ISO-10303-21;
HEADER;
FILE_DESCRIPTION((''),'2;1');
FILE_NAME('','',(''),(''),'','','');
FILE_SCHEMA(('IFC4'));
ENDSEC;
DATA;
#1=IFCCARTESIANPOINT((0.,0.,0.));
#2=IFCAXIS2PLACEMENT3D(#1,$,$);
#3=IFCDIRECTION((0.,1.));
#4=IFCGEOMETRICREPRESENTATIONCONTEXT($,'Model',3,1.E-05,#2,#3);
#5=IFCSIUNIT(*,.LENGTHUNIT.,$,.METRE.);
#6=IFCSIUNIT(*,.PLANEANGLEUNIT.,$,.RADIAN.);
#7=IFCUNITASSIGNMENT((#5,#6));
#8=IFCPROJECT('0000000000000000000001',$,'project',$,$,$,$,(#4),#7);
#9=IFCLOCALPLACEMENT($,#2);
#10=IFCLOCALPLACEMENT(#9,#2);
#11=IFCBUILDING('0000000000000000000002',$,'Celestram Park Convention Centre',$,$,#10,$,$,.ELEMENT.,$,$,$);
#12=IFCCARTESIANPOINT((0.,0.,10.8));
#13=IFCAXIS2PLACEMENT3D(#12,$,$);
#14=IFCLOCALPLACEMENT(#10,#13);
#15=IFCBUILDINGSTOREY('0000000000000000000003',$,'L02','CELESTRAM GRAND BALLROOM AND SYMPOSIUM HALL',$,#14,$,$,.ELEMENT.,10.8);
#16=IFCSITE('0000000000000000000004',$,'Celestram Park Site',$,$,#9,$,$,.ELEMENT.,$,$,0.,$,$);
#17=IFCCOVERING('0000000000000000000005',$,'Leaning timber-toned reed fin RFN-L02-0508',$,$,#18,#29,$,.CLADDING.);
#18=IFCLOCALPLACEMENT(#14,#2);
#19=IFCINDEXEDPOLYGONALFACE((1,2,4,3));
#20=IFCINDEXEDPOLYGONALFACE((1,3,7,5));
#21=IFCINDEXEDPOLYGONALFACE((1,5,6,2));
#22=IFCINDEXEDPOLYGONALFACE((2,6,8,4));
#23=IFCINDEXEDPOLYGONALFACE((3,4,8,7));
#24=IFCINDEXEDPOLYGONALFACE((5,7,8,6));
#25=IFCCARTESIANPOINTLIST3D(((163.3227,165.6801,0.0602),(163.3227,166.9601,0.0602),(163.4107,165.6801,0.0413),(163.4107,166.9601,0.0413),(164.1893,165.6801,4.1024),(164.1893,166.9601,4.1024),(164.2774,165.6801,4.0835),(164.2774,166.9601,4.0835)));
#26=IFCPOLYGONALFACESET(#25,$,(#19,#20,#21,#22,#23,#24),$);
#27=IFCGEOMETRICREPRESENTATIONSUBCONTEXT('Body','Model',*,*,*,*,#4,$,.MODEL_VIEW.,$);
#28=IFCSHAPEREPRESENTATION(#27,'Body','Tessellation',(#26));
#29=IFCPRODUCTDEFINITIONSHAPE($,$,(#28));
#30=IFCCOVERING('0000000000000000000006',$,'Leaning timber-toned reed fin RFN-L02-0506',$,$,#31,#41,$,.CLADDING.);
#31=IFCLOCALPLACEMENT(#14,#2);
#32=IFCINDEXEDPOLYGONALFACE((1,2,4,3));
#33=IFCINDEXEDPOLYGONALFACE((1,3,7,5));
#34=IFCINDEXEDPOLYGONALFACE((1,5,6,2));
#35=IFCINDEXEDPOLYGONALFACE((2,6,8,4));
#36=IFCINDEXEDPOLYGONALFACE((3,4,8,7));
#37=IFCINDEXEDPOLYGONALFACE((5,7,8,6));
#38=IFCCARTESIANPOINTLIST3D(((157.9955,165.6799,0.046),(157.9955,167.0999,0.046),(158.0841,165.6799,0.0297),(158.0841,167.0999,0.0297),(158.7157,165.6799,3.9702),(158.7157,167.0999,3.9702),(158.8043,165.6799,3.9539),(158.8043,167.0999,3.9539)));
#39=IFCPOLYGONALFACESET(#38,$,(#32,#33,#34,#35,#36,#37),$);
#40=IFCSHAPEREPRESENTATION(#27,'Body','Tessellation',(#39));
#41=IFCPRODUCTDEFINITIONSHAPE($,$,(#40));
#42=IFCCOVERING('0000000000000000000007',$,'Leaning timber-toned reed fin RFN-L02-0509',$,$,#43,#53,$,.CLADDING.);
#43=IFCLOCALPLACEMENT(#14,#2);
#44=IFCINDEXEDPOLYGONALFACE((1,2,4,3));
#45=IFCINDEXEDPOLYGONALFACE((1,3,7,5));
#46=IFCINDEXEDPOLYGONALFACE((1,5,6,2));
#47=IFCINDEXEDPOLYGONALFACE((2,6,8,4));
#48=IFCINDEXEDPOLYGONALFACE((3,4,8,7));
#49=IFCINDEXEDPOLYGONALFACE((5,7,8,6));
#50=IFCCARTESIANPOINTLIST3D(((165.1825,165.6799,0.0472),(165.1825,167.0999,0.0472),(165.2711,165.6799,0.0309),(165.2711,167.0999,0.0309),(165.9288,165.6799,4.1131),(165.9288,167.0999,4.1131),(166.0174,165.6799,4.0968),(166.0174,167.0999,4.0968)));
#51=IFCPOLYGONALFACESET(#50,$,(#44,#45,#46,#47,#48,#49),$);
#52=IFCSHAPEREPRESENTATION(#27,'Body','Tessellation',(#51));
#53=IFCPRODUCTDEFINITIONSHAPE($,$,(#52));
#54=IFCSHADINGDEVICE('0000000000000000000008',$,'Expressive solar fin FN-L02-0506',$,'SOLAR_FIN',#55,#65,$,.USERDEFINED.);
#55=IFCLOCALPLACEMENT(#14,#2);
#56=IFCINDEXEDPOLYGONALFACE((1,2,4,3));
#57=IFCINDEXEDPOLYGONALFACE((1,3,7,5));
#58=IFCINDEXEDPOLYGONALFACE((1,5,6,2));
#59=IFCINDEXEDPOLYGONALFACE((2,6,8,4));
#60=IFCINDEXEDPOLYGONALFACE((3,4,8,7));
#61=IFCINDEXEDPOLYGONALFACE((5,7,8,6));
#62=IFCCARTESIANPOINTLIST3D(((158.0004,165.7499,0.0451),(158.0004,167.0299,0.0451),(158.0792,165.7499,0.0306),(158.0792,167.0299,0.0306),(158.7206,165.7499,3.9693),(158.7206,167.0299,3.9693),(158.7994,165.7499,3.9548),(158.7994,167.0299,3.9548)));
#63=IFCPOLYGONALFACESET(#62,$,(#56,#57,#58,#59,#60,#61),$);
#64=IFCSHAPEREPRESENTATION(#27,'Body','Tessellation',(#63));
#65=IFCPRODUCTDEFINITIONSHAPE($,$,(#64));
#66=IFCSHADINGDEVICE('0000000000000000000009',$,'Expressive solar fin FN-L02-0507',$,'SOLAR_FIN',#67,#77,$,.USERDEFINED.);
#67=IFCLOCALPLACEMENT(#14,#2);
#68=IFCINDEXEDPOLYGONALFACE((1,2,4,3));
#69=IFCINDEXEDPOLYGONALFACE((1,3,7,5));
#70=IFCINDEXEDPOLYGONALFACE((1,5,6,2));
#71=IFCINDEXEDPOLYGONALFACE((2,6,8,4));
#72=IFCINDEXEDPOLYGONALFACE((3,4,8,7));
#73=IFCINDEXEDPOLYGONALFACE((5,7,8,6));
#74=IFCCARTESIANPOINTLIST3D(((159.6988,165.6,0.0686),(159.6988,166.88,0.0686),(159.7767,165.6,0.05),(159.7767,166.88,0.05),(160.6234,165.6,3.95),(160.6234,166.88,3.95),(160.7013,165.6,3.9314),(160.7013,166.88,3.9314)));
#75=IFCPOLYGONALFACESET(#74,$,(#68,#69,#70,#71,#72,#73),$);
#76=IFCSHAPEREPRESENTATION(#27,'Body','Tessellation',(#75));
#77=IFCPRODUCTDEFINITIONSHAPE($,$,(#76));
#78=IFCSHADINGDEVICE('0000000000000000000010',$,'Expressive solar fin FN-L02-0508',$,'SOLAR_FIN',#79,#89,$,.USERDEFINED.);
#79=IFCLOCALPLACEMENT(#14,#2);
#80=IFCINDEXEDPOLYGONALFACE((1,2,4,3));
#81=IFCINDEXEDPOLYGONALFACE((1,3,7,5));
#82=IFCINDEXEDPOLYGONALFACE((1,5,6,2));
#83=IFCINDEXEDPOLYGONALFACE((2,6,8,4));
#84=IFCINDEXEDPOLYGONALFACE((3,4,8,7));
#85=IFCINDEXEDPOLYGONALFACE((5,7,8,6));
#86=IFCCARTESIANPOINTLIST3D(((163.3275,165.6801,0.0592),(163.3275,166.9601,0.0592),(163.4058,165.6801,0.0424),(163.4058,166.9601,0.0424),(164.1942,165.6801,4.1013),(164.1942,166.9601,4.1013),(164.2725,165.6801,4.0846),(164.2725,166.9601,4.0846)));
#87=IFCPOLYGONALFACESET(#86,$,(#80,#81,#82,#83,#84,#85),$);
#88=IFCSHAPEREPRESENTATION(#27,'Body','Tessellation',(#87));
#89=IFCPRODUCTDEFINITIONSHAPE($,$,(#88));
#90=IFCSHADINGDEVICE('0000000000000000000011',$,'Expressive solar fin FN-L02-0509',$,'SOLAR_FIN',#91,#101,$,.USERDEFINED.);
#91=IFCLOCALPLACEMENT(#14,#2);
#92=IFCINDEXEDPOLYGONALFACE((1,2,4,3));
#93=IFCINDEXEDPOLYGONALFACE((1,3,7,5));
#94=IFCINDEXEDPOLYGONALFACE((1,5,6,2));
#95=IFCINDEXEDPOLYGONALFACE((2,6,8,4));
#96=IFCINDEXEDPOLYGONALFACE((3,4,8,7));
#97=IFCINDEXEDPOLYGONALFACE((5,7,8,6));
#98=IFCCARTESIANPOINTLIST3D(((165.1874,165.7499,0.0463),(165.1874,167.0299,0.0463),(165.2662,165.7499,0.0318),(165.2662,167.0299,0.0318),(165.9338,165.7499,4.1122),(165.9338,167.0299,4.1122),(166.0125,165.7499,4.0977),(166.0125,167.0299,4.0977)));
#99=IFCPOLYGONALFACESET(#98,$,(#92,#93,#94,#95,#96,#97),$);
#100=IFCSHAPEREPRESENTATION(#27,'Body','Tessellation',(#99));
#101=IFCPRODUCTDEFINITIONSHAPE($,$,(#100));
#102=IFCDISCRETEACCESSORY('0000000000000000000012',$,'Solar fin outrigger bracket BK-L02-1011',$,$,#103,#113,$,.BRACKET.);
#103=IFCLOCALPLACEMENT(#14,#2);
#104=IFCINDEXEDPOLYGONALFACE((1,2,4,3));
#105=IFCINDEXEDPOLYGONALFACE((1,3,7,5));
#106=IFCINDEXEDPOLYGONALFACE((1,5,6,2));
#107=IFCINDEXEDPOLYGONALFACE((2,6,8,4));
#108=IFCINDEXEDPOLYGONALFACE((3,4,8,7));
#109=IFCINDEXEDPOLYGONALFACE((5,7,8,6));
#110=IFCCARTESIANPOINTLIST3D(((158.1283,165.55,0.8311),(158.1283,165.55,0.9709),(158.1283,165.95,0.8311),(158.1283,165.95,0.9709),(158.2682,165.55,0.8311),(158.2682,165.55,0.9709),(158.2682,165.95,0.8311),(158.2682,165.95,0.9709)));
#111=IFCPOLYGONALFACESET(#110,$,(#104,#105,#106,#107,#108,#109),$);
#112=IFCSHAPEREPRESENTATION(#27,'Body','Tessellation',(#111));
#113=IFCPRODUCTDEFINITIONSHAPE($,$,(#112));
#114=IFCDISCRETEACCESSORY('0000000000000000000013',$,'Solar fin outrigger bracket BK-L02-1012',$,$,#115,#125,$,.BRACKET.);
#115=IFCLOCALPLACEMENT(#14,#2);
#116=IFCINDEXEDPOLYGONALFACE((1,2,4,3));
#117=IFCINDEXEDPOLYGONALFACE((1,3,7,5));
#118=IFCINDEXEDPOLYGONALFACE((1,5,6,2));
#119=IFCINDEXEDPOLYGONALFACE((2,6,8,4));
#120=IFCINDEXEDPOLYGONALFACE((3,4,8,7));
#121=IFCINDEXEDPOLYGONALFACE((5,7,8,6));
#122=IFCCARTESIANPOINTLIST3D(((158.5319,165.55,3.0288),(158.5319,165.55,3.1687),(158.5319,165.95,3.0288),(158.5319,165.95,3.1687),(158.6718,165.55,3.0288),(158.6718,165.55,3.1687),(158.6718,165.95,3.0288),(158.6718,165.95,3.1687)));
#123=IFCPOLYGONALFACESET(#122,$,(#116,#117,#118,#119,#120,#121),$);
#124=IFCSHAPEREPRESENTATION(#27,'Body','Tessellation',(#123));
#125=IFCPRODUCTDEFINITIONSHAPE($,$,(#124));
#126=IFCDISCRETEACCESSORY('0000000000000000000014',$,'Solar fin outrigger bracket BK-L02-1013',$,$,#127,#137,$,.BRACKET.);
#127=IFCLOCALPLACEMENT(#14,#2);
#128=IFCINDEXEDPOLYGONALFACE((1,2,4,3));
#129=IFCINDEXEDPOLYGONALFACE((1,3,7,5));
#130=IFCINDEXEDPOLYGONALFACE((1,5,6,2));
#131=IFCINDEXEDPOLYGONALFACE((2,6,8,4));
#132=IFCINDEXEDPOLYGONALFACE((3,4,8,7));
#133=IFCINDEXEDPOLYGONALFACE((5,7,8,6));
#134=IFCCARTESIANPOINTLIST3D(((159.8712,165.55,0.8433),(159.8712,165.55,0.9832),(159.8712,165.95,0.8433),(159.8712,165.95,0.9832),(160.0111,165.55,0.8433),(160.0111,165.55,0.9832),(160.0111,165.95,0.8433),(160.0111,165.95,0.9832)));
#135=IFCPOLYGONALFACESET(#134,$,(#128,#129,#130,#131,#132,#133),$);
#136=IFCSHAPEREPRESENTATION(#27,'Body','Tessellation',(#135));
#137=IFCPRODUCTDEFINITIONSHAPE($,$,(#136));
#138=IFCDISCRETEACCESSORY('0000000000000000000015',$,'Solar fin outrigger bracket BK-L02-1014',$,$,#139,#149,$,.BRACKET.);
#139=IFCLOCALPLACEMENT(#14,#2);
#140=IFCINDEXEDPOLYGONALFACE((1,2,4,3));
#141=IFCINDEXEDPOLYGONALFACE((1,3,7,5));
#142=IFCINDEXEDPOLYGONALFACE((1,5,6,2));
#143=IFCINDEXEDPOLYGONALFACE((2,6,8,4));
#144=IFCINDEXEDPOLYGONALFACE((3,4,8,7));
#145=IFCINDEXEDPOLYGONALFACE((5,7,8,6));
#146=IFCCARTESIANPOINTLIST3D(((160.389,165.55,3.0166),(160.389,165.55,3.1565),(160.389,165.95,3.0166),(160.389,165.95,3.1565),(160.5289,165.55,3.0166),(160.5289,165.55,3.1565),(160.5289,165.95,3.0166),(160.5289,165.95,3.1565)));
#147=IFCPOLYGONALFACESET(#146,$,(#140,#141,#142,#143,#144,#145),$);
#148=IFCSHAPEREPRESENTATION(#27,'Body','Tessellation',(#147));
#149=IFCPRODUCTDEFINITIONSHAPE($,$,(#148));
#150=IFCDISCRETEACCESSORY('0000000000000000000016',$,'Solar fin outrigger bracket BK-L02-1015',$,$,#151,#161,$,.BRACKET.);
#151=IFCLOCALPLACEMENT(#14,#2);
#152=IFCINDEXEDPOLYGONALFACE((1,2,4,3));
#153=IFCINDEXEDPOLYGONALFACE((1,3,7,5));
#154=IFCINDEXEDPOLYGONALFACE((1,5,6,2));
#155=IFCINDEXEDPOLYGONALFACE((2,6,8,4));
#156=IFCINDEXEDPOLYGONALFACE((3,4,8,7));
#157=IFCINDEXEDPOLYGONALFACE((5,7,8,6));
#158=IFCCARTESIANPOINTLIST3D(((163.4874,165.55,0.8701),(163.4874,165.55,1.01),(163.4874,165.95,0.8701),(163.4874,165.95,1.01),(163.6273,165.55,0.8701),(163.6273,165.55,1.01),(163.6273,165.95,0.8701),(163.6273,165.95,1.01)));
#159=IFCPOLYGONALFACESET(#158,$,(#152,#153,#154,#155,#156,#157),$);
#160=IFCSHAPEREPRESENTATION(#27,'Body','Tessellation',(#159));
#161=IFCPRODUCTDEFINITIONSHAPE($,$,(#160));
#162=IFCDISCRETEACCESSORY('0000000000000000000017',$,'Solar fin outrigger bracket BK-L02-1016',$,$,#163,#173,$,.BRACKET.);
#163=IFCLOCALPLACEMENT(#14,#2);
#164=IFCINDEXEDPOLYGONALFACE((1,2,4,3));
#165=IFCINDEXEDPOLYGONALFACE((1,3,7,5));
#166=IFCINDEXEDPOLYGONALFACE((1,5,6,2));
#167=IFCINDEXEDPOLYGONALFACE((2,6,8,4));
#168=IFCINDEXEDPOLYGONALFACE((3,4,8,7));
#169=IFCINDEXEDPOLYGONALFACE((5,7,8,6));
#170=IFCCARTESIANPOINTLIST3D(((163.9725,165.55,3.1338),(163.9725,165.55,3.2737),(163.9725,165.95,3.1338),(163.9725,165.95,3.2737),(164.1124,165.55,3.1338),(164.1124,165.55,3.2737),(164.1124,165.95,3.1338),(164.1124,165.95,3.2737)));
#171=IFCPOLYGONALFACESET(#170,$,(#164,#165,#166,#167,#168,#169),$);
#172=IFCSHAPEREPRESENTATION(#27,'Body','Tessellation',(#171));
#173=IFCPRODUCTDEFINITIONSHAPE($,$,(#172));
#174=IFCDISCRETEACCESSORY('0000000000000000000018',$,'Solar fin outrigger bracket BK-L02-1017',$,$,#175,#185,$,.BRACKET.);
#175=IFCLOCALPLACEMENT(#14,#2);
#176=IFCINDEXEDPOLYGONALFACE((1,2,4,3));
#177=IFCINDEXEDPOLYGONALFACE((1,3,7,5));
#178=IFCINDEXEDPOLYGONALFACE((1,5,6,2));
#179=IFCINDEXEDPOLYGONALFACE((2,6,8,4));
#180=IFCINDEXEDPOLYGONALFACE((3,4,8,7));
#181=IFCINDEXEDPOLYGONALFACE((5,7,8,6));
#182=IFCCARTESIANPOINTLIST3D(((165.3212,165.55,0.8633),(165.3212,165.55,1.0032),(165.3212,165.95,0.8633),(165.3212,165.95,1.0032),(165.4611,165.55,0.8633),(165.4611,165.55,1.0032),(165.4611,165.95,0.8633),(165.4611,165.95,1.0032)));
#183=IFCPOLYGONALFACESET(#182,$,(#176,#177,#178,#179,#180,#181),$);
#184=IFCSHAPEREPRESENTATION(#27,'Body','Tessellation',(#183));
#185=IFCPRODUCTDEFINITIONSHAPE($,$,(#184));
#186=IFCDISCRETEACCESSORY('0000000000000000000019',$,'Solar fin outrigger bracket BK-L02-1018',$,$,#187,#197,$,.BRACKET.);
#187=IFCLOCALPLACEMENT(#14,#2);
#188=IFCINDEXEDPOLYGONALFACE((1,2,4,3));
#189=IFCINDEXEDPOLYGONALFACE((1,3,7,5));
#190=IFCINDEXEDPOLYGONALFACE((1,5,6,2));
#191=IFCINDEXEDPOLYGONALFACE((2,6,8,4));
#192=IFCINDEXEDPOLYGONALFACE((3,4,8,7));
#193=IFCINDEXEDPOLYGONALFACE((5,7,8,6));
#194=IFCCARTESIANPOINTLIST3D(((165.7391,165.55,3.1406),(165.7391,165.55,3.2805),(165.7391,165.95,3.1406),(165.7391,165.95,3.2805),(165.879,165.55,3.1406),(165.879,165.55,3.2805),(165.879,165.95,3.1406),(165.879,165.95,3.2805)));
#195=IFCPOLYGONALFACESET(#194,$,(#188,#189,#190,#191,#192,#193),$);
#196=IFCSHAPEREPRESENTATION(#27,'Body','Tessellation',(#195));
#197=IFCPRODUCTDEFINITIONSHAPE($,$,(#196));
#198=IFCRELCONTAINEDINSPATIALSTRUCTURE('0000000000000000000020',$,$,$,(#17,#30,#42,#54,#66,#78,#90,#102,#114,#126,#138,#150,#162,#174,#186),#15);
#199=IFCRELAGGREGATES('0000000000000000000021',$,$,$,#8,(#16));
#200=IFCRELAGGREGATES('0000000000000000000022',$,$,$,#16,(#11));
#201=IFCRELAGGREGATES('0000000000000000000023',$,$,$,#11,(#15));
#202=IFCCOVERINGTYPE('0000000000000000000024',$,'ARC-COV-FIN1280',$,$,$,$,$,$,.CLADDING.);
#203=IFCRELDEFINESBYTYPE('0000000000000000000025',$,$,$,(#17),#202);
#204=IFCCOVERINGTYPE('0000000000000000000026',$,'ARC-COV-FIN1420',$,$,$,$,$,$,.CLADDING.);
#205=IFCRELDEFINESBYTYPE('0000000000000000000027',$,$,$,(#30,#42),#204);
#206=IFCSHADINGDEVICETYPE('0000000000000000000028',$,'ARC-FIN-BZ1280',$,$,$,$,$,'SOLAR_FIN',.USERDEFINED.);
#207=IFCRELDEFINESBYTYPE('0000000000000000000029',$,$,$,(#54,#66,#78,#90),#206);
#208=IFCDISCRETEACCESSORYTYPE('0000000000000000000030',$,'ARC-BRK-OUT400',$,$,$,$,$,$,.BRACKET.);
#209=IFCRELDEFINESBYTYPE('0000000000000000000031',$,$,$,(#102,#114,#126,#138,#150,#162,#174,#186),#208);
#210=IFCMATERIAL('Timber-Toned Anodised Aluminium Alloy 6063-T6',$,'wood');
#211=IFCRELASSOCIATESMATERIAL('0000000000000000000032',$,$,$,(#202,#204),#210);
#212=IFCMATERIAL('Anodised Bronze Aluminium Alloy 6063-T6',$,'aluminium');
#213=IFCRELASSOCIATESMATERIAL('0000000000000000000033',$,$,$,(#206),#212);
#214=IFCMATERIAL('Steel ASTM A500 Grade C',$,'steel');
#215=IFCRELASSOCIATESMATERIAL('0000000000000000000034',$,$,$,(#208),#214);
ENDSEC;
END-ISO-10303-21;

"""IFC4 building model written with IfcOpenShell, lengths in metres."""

from ifc_helpers import new_model, si_unit, direction, frame, origin, origin_2d, place, context, subcontext, project, spatial, rectangle, extrude, material, material_profile, profile_set, type_object, element, save


model = new_model("IFC4")

# Units and contexts
model_context = context("Model", 3, precision=1e-05, world=origin(), true_north=direction((0.0, 1.0)))
body_context = subcontext(model_context, "Body", "Model", "MODEL_VIEW")
ifc_project = project(units=[si_unit("LENGTHUNIT", "METRE"), si_unit("PLANEANGLEUNIT", "RADIAN")], contexts=[model_context])

# Site, building, storey
site_placement = place(None, origin())
site = spatial("IfcSite", under=ifc_project, at=site_placement, Name="Celestram Park Site", CompositionType="ELEMENT", RefElevation=0.0)
building_placement = place(site_placement, origin())
building = spatial("IfcBuilding", under=site, at=building_placement, Name="Celestram Park Convention Centre", CompositionType="ELEMENT")
storey_placement = place(building_placement, frame((0.0, 0.0, 10.8)))
storey = spatial("IfcBuildingStorey", under=building, at=storey_placement, Name="L02", Description="CELESTRAM GRAND BALLROOM AND SYMPOSIUM HALL", CompositionType="ELEMENT", Elevation=10.8)

# Coverings
ifc_material_1 = material(Name="Timber-Toned Anodised Aluminium Alloy 6063-T6", Category="wood")
ifc_material_profile_1 = material_profile(ifc_material_1, rectangle(XDim=1.28, YDim=0.0901, at=origin_2d()), Name="REED1280X90")
ifc_profile_set_1 = profile_set([ifc_material_profile_1], Name="Timber-Toned Anodised Aluminium Alloy 6063-T6")
covering_type_1 = type_object("IfcCoveringType", Name="ARC-COV-FIN1280", PredefinedType="CLADDING", material=ifc_profile_set_1)
covering_1_placement = place(storey_placement, frame((163.3667, 166.3201, 0.0508), z_axis=(0.209646, 0.0, 0.977777), x_axis=(0.0, 1.0, 0.0)))
element("IfcCovering", 1, at=covering_1_placement, inside=storey, type_object=covering_type_1, Name="Leaning timber-toned reed fin RFN-L02-0508", PredefinedType="CLADDING", context=body_context, shape_type="SweptSolid", body=[
    extrude(rectangle(XDim=1.28, YDim=0.0901, at=origin_2d()), origin(), (0.0, 0.0, 1.0), 4.134),
])
ifc_material_profile_2 = material_profile(ifc_material_1, rectangle(XDim=1.4199, YDim=0.0901, at=origin_2d()), Name="REED1420X90")
ifc_profile_set_2 = profile_set([ifc_material_profile_2], Name="Timber-Toned Anodised Aluminium Alloy 6063-T6")
covering_type_2 = type_object("IfcCoveringType", Name="ARC-COV-FIN1420", PredefinedType="CLADDING", material=ifc_profile_set_2)
covering_2_placement = place(storey_placement, frame((158.0398, 166.3899, 0.0378), z_axis=(0.180511, 0.0, 0.983573), x_axis=(0.0, 1.0, 0.0)))
element("IfcCovering", 2, at=covering_2_placement, inside=storey, type_object=covering_type_2, Name="Leaning timber-toned reed fin RFN-L02-0506", PredefinedType="CLADDING", context=body_context, shape_type="SweptSolid", body=[
    extrude(rectangle(XDim=1.4199, YDim=0.0901, at=origin_2d()), origin(), (0.0, 0.0, 1.0), 3.9897),
])
covering_3_placement = place(storey_placement, frame((165.2268, 166.3899, 0.0391), z_axis=(0.180543, 0.0, 0.983567), x_axis=(0.0, 1.0, 0.0)))
element("IfcCovering", 3, at=covering_3_placement, inside=storey, type_object=covering_type_2, Name="Leaning timber-toned reed fin RFN-L02-0509", PredefinedType="CLADDING", context=body_context, shape_type="SweptSolid", body=[
    extrude(rectangle(XDim=1.4199, YDim=0.0901, at=origin_2d()), origin(), (0.0, 0.0, 1.0), 4.1338),
])

# Shading devices
ifc_material_2 = material(Name="Anodised Bronze Aluminium Alloy 6063-T6", Category="aluminium")
ifc_material_profile_3 = material_profile(ifc_material_2, rectangle(XDim=1.28, YDim=0.0801, at=origin_2d()), Name="FIN1280X80")
ifc_profile_set_3 = profile_set([ifc_material_profile_3], Name="Anodised Bronze Aluminium Alloy 6063-T6")
shading_device_type = type_object("IfcShadingDeviceType", Name="ARC-FIN-BZ1280", ElementType="SOLAR_FIN", PredefinedType="USERDEFINED", material=ifc_profile_set_3)
shading_device_1_placement = place(storey_placement, frame((158.0398, 166.3899, 0.0378), z_axis=(0.180511, 0.0, 0.983573), x_axis=(0.0, 1.0, 0.0)))
element("IfcShadingDevice", 4, at=shading_device_1_placement, inside=storey, type_object=shading_device_type, Name="Expressive solar fin FN-L02-0506", ObjectType="SOLAR_FIN", PredefinedType="USERDEFINED", context=body_context, shape_type="SweptSolid", body=[
    extrude(rectangle(XDim=1.28, YDim=0.0801, at=origin_2d()), origin(), (0.0, 0.0, 1.0), 3.9897),
])
shading_device_2_placement = place(storey_placement, frame((159.7378, 166.24, 0.0593), z_axis=(0.231723, 0.0, 0.972782), x_axis=(0.0, 1.0, 0.0)))
element("IfcShadingDevice", 5, at=shading_device_2_placement, inside=storey, type_object=shading_device_type, Name="Expressive solar fin FN-L02-0507", ObjectType="SOLAR_FIN", PredefinedType="USERDEFINED", context=body_context, shape_type="SweptSolid", body=[
    extrude(rectangle(XDim=1.28, YDim=0.0801, at=origin_2d()), origin(), (0.0, 0.0, 1.0), 3.99),
])
shading_device_3_placement = place(storey_placement, frame((163.3667, 166.3201, 0.0508), z_axis=(0.209646, 0.0, 0.977777), x_axis=(0.0, 1.0, 0.0)))
element("IfcShadingDevice", 6, at=shading_device_3_placement, inside=storey, type_object=shading_device_type, Name="Expressive solar fin FN-L02-0508", ObjectType="SOLAR_FIN", PredefinedType="USERDEFINED", context=body_context, shape_type="SweptSolid", body=[
    extrude(rectangle(XDim=1.28, YDim=0.0801, at=origin_2d()), origin(), (0.0, 0.0, 1.0), 4.134),
])
shading_device_4_placement = place(storey_placement, frame((165.2268, 166.3899, 0.0391), z_axis=(0.180543, 0.0, 0.983567), x_axis=(0.0, 1.0, 0.0)))
element("IfcShadingDevice", 7, at=shading_device_4_placement, inside=storey, type_object=shading_device_type, Name="Expressive solar fin FN-L02-0509", ObjectType="SOLAR_FIN", PredefinedType="USERDEFINED", context=body_context, shape_type="SweptSolid", body=[
    extrude(rectangle(XDim=1.28, YDim=0.0801, at=origin_2d()), origin(), (0.0, 0.0, 1.0), 4.1338),
])

# Discrete accessories
ifc_material_3 = material(Name="Steel ASTM A500 Grade C", Category="steel")
discrete_accessory_type = type_object("IfcDiscreteAccessoryType", Name="ARC-BRK-OUT400", PredefinedType="BRACKET", material=ifc_material_3)
for number, where, z_axis, x_axis, name in (
    (8, (158.1982, 165.75, 0.8311), (0.0, 0.0, 1.0), (0.0, 1.0, 0.0), "Solar fin outrigger bracket BK-L02-1011"),
    (9, (158.6018, 165.75, 3.0288), (0.0, 0.0, 1.0), (0.0, 1.0, 0.0), "Solar fin outrigger bracket BK-L02-1012"),
    (10, (159.9412, 165.75, 0.8433), (0.0, 0.0, 1.0), (0.0, 1.0, 0.0), "Solar fin outrigger bracket BK-L02-1013"),
    (11, (160.459, 165.75, 3.0166), (0.0, 0.0, 1.0), (0.0, 1.0, 0.0), "Solar fin outrigger bracket BK-L02-1014"),
    (12, (163.5574, 165.75, 0.8701), (0.0, 0.0, 1.0), (0.0, 1.0, 0.0), "Solar fin outrigger bracket BK-L02-1015"),
    (13, (164.0425, 165.75, 3.1338), (0.0, 0.0, 1.0), (0.0, 1.0, 0.0), "Solar fin outrigger bracket BK-L02-1016"),
    (14, (165.3911, 165.75, 0.8633), (0.0, 0.0, 1.0), (0.0, 1.0, 0.0), "Solar fin outrigger bracket BK-L02-1017"),
    (15, (165.8091, 165.75, 3.1406), (0.0, 0.0, 1.0), (0.0, 1.0, 0.0), "Solar fin outrigger bracket BK-L02-1018"),
):
    element("IfcDiscreteAccessory", number, at=place(storey_placement, frame(where, z_axis=z_axis, x_axis=x_axis)), inside=storey, type_object=discrete_accessory_type, Name=name, PredefinedType="BRACKET", context=body_context, shape_type="SweptSolid", body=[
        extrude(rectangle(XDim=0.3999, YDim=0.1399, at=origin_2d()), origin(), (0.0, 0.0, 1.0), 0.1399),
    ])

save(model, "model.ifc")
